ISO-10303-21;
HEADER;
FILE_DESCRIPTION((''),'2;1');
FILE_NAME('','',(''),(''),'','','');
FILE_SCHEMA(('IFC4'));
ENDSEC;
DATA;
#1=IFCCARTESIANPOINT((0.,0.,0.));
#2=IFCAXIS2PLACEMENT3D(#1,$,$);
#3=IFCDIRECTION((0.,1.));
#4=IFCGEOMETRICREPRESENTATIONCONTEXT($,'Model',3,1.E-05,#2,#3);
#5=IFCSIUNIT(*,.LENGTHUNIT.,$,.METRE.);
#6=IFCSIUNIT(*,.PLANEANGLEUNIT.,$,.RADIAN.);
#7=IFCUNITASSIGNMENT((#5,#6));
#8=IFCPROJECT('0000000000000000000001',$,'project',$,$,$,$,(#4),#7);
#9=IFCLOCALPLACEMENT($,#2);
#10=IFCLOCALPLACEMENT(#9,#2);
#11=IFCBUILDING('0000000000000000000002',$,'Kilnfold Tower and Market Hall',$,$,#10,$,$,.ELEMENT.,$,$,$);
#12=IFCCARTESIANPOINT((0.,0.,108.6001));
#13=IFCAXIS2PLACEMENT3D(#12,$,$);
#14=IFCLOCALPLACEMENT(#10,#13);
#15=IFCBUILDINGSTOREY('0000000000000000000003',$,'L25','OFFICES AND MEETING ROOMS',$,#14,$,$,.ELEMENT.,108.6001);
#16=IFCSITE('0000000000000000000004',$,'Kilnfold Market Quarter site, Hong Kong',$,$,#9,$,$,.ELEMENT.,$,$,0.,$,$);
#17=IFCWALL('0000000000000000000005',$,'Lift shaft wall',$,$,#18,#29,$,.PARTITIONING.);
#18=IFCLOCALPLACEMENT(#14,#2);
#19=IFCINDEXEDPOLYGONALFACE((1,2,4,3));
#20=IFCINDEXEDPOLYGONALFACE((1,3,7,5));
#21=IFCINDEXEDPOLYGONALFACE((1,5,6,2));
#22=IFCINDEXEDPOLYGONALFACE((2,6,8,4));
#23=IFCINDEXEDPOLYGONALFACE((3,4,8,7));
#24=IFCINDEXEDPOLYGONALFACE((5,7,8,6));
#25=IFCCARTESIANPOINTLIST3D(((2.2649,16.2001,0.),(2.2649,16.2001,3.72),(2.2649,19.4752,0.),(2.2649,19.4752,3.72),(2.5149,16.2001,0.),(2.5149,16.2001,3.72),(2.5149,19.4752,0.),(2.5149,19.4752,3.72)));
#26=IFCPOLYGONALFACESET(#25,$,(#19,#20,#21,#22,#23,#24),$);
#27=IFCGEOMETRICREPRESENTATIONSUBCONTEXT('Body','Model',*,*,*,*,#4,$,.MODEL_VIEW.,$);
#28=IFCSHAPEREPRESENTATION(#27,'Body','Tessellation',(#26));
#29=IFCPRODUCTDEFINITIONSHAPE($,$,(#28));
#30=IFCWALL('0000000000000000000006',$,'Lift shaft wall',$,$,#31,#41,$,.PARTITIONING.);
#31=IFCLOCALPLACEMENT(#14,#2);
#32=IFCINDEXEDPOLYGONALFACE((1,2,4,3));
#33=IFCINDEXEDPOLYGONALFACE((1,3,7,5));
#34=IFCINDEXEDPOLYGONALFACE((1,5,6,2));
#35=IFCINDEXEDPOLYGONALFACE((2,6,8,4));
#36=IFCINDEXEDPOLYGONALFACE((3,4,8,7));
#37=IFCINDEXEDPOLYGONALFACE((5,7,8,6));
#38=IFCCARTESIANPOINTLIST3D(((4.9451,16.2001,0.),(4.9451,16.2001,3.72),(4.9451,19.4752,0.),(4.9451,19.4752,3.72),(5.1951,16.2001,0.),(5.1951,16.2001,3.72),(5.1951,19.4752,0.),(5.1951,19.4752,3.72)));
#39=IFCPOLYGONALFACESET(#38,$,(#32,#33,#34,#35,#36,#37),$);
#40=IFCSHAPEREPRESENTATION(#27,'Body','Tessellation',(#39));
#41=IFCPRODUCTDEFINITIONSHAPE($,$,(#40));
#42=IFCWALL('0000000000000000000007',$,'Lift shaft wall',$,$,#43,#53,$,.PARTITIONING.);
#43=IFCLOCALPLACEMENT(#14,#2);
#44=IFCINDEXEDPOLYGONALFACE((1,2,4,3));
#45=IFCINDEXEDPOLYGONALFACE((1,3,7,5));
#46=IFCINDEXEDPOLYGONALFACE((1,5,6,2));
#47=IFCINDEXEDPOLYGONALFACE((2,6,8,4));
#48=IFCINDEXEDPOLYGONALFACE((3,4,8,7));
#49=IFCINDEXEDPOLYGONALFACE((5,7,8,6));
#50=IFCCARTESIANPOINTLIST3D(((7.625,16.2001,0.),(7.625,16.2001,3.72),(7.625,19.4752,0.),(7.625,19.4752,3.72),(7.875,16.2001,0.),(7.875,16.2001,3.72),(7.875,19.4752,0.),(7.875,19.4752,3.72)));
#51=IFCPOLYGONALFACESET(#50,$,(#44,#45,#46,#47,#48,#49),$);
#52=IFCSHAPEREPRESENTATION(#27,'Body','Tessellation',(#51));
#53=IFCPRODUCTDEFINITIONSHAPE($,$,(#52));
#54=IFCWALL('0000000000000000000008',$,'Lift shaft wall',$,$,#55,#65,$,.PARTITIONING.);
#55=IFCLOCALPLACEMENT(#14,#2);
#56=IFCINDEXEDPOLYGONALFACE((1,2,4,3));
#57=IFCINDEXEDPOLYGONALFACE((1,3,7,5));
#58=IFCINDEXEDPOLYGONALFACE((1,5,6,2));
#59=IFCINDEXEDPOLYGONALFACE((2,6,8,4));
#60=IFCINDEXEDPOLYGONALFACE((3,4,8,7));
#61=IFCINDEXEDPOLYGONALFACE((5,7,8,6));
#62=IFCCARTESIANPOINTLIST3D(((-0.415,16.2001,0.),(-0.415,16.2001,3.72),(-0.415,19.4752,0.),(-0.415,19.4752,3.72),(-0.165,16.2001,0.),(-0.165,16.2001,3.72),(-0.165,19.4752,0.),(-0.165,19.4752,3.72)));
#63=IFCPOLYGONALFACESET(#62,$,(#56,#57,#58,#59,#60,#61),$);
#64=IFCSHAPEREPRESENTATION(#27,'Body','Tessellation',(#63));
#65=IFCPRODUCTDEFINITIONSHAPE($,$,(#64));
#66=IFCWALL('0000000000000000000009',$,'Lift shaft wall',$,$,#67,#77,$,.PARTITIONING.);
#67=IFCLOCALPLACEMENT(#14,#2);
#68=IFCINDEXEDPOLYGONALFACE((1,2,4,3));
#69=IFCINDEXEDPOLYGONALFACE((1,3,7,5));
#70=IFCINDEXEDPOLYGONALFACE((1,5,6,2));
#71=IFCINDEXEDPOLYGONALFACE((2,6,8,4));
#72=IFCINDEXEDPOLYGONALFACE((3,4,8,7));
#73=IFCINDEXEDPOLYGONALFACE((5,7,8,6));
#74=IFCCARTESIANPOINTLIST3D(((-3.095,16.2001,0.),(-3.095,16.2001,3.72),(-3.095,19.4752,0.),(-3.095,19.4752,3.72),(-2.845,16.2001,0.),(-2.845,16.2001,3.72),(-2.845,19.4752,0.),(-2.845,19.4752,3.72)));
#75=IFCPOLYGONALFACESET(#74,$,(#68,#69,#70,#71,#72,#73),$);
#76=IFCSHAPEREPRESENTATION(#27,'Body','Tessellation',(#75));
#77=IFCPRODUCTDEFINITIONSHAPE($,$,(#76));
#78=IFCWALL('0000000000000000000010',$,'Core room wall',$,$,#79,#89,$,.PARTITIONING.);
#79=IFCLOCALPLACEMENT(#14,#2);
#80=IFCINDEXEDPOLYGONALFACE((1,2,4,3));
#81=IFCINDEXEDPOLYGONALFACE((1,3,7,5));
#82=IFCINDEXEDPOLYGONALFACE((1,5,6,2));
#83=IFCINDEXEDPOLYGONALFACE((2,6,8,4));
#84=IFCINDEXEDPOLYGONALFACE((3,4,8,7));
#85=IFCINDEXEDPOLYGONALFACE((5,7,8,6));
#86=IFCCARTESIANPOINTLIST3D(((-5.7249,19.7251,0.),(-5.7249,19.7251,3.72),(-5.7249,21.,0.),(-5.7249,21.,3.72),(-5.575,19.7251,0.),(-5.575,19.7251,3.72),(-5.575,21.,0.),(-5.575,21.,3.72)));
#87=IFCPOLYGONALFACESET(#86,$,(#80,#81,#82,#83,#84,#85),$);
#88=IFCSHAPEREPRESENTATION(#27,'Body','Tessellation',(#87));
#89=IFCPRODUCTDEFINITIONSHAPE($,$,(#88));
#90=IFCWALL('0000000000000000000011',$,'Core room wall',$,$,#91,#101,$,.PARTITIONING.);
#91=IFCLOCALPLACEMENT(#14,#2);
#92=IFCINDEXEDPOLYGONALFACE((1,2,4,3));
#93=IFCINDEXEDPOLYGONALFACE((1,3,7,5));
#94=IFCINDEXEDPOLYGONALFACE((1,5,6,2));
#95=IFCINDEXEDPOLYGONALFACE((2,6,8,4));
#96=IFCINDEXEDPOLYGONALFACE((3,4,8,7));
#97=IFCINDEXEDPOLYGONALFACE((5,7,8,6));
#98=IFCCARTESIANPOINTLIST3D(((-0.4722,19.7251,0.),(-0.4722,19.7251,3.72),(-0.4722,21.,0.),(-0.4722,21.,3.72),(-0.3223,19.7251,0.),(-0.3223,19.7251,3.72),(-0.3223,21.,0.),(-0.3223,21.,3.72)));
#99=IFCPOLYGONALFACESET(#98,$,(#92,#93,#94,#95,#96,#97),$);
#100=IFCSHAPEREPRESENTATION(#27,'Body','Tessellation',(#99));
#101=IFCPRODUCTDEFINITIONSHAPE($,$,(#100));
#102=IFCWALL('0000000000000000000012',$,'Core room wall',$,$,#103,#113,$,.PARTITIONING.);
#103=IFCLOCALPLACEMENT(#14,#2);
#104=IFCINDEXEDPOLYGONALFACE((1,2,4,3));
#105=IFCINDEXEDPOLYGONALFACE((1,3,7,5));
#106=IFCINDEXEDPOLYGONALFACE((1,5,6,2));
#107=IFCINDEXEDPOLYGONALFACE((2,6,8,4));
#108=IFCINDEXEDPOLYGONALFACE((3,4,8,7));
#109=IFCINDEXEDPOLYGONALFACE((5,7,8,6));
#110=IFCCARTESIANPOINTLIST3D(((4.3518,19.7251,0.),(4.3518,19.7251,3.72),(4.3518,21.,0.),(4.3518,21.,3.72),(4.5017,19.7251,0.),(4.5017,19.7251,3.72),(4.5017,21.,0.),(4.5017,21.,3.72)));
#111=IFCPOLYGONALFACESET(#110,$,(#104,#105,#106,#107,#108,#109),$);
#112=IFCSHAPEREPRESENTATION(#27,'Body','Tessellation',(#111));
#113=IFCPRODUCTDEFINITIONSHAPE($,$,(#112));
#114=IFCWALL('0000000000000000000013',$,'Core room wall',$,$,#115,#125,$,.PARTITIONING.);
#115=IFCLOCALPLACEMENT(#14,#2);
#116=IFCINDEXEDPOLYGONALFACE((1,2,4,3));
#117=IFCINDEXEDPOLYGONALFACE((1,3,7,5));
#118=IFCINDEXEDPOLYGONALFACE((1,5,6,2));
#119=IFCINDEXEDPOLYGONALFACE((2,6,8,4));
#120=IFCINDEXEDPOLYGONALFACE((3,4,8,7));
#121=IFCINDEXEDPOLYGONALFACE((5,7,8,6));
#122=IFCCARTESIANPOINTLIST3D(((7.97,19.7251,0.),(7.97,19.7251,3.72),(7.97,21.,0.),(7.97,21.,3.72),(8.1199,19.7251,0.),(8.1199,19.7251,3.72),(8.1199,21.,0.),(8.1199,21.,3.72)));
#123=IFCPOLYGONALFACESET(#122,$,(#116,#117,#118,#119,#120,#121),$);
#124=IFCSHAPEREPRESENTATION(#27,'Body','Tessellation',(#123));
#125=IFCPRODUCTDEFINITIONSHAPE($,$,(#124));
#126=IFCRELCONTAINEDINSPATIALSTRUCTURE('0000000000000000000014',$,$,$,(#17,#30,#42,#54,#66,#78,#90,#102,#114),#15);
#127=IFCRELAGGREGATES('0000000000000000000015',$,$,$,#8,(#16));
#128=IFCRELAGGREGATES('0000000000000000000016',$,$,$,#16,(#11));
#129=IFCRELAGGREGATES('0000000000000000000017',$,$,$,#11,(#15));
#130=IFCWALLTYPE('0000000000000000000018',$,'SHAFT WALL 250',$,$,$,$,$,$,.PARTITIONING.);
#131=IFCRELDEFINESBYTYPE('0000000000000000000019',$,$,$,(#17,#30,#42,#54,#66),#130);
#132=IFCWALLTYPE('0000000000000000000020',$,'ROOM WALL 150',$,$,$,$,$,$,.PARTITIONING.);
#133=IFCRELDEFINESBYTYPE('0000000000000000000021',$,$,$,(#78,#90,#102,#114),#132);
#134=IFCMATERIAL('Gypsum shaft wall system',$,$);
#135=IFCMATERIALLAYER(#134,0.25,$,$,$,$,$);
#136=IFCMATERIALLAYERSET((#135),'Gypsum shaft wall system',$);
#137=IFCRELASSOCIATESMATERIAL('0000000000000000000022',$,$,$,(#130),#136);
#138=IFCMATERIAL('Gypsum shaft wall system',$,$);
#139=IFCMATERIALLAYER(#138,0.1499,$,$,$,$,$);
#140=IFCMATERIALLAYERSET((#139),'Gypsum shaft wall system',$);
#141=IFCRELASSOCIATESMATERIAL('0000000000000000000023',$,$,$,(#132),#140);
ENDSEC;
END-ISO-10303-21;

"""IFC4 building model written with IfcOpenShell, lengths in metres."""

from ifc_helpers import new_model, si_unit, direction, frame, frame_2d, origin, place, context, subcontext, project, spatial, rectangle, extrude, source, transform, mapped, material, layer, layer_set, type_object, element, save


model = new_model("IFC4")

# Units and contexts
model_context = context("Model", 3, precision=1e-05, world=origin(), true_north=direction((0.0, 1.0)))
body_context = subcontext(model_context, "Body", "Model", "MODEL_VIEW")
ifc_project = project(units=[si_unit("LENGTHUNIT", "METRE"), si_unit("PLANEANGLEUNIT", "RADIAN")], contexts=[model_context])

# Site, building, storey
site_placement = place(None, origin())
site = spatial("IfcSite", under=ifc_project, at=site_placement, Name="Kilnfold Market Quarter site, Hong Kong", CompositionType="ELEMENT", RefElevation=0.0)
building_placement = place(site_placement, origin())
building = spatial("IfcBuilding", under=site, at=building_placement, Name="Kilnfold Tower and Market Hall", CompositionType="ELEMENT")
storey_placement = place(building_placement, frame((0.0, 0.0, 108.6001)))
storey = spatial("IfcBuildingStorey", under=building, at=storey_placement, Name="L25", Description="OFFICES AND MEETING ROOMS", CompositionType="ELEMENT", Elevation=108.6001)

# Walls
ifc_material_1 = material(Name="Gypsum shaft wall system")
ifc_layer_1 = layer(ifc_material_1, 0.25)
ifc_layer_set_1 = layer_set([ifc_layer_1], Name="Gypsum shaft wall system")
wall_type_1 = type_object("IfcWallType", Name="SHAFT WALL 250", PredefinedType="PARTITIONING", material=ifc_layer_set_1)
shared_shape_1 = source(origin(), body_context, "Body", "SweptSolid", [
    extrude(rectangle(XDim=3.2751, YDim=0.25, at=frame_2d((1.6377, 0.0))), origin(), (0.0, 0.0, 1.0), 3.72),
])
for number, where, z_axis, x_axis, name in (
    (1, (2.3899, 16.2, 0.0), (0.0, 0.0, 1.0), (0.0, 1.0, 0.0), "Lift shaft wall"),
    (2, (5.0701, 16.2, 0.0), (0.0, 0.0, 1.0), (0.0, 1.0, 0.0), "Lift shaft wall"),
    (3, (7.75, 16.2, 0.0), (0.0, 0.0, 1.0), (0.0, 1.0, 0.0), "Lift shaft wall"),
    (4, (-0.29, 16.2, 0.0), (0.0, 0.0, 1.0), (0.0, 1.0, 0.0), "Lift shaft wall"),
    (5, (-2.97, 16.2, 0.0), (0.0, 0.0, 1.0), (0.0, 1.0, 0.0), "Lift shaft wall"),
):
    element("IfcWall", number, at=place(storey_placement, frame(where, z_axis=z_axis, x_axis=x_axis)), inside=storey, type_object=wall_type_1, Name=name, PredefinedType="PARTITIONING", context=body_context, shape_type="MappedRepresentation", body=[
        mapped(shared_shape_1, transform((0.0, 0.0, 0.0))),
    ])
ifc_material_2 = material(Name="Gypsum shaft wall system")
ifc_layer_2 = layer(ifc_material_2, 0.1499)
ifc_layer_set_2 = layer_set([ifc_layer_2], Name="Gypsum shaft wall system")
wall_type_2 = type_object("IfcWallType", Name="ROOM WALL 150", PredefinedType="PARTITIONING", material=ifc_layer_set_2)
shared_shape_2 = source(origin(), body_context, "Body", "SweptSolid", [
    extrude(rectangle(XDim=1.2749, YDim=0.1499, at=frame_2d((0.6375, 0.0))), origin(), (0.0, 0.0, 1.0), 3.72),
])
for number, where, z_axis, x_axis, name in (
    (6, (-5.6499, 19.7251, 0.0), (0.0, 0.0, 1.0), (0.0, 1.0, 0.0), "Core room wall"),
    (7, (-0.3972, 19.7251, 0.0), (0.0, 0.0, 1.0), (0.0, 1.0, 0.0), "Core room wall"),
    (8, (4.4268, 19.7251, 0.0), (0.0, 0.0, 1.0), (0.0, 1.0, 0.0), "Core room wall"),
    (9, (8.0449, 19.7251, 0.0), (0.0, 0.0, 1.0), (0.0, 1.0, 0.0), "Core room wall"),
):
    element("IfcWall", number, at=place(storey_placement, frame(where, z_axis=z_axis, x_axis=x_axis)), inside=storey, type_object=wall_type_2, Name=name, PredefinedType="PARTITIONING", context=body_context, shape_type="MappedRepresentation", body=[
        mapped(shared_shape_2, transform((0.0, 0.0, 0.0))),
    ])

save(model, "model.ifc")
